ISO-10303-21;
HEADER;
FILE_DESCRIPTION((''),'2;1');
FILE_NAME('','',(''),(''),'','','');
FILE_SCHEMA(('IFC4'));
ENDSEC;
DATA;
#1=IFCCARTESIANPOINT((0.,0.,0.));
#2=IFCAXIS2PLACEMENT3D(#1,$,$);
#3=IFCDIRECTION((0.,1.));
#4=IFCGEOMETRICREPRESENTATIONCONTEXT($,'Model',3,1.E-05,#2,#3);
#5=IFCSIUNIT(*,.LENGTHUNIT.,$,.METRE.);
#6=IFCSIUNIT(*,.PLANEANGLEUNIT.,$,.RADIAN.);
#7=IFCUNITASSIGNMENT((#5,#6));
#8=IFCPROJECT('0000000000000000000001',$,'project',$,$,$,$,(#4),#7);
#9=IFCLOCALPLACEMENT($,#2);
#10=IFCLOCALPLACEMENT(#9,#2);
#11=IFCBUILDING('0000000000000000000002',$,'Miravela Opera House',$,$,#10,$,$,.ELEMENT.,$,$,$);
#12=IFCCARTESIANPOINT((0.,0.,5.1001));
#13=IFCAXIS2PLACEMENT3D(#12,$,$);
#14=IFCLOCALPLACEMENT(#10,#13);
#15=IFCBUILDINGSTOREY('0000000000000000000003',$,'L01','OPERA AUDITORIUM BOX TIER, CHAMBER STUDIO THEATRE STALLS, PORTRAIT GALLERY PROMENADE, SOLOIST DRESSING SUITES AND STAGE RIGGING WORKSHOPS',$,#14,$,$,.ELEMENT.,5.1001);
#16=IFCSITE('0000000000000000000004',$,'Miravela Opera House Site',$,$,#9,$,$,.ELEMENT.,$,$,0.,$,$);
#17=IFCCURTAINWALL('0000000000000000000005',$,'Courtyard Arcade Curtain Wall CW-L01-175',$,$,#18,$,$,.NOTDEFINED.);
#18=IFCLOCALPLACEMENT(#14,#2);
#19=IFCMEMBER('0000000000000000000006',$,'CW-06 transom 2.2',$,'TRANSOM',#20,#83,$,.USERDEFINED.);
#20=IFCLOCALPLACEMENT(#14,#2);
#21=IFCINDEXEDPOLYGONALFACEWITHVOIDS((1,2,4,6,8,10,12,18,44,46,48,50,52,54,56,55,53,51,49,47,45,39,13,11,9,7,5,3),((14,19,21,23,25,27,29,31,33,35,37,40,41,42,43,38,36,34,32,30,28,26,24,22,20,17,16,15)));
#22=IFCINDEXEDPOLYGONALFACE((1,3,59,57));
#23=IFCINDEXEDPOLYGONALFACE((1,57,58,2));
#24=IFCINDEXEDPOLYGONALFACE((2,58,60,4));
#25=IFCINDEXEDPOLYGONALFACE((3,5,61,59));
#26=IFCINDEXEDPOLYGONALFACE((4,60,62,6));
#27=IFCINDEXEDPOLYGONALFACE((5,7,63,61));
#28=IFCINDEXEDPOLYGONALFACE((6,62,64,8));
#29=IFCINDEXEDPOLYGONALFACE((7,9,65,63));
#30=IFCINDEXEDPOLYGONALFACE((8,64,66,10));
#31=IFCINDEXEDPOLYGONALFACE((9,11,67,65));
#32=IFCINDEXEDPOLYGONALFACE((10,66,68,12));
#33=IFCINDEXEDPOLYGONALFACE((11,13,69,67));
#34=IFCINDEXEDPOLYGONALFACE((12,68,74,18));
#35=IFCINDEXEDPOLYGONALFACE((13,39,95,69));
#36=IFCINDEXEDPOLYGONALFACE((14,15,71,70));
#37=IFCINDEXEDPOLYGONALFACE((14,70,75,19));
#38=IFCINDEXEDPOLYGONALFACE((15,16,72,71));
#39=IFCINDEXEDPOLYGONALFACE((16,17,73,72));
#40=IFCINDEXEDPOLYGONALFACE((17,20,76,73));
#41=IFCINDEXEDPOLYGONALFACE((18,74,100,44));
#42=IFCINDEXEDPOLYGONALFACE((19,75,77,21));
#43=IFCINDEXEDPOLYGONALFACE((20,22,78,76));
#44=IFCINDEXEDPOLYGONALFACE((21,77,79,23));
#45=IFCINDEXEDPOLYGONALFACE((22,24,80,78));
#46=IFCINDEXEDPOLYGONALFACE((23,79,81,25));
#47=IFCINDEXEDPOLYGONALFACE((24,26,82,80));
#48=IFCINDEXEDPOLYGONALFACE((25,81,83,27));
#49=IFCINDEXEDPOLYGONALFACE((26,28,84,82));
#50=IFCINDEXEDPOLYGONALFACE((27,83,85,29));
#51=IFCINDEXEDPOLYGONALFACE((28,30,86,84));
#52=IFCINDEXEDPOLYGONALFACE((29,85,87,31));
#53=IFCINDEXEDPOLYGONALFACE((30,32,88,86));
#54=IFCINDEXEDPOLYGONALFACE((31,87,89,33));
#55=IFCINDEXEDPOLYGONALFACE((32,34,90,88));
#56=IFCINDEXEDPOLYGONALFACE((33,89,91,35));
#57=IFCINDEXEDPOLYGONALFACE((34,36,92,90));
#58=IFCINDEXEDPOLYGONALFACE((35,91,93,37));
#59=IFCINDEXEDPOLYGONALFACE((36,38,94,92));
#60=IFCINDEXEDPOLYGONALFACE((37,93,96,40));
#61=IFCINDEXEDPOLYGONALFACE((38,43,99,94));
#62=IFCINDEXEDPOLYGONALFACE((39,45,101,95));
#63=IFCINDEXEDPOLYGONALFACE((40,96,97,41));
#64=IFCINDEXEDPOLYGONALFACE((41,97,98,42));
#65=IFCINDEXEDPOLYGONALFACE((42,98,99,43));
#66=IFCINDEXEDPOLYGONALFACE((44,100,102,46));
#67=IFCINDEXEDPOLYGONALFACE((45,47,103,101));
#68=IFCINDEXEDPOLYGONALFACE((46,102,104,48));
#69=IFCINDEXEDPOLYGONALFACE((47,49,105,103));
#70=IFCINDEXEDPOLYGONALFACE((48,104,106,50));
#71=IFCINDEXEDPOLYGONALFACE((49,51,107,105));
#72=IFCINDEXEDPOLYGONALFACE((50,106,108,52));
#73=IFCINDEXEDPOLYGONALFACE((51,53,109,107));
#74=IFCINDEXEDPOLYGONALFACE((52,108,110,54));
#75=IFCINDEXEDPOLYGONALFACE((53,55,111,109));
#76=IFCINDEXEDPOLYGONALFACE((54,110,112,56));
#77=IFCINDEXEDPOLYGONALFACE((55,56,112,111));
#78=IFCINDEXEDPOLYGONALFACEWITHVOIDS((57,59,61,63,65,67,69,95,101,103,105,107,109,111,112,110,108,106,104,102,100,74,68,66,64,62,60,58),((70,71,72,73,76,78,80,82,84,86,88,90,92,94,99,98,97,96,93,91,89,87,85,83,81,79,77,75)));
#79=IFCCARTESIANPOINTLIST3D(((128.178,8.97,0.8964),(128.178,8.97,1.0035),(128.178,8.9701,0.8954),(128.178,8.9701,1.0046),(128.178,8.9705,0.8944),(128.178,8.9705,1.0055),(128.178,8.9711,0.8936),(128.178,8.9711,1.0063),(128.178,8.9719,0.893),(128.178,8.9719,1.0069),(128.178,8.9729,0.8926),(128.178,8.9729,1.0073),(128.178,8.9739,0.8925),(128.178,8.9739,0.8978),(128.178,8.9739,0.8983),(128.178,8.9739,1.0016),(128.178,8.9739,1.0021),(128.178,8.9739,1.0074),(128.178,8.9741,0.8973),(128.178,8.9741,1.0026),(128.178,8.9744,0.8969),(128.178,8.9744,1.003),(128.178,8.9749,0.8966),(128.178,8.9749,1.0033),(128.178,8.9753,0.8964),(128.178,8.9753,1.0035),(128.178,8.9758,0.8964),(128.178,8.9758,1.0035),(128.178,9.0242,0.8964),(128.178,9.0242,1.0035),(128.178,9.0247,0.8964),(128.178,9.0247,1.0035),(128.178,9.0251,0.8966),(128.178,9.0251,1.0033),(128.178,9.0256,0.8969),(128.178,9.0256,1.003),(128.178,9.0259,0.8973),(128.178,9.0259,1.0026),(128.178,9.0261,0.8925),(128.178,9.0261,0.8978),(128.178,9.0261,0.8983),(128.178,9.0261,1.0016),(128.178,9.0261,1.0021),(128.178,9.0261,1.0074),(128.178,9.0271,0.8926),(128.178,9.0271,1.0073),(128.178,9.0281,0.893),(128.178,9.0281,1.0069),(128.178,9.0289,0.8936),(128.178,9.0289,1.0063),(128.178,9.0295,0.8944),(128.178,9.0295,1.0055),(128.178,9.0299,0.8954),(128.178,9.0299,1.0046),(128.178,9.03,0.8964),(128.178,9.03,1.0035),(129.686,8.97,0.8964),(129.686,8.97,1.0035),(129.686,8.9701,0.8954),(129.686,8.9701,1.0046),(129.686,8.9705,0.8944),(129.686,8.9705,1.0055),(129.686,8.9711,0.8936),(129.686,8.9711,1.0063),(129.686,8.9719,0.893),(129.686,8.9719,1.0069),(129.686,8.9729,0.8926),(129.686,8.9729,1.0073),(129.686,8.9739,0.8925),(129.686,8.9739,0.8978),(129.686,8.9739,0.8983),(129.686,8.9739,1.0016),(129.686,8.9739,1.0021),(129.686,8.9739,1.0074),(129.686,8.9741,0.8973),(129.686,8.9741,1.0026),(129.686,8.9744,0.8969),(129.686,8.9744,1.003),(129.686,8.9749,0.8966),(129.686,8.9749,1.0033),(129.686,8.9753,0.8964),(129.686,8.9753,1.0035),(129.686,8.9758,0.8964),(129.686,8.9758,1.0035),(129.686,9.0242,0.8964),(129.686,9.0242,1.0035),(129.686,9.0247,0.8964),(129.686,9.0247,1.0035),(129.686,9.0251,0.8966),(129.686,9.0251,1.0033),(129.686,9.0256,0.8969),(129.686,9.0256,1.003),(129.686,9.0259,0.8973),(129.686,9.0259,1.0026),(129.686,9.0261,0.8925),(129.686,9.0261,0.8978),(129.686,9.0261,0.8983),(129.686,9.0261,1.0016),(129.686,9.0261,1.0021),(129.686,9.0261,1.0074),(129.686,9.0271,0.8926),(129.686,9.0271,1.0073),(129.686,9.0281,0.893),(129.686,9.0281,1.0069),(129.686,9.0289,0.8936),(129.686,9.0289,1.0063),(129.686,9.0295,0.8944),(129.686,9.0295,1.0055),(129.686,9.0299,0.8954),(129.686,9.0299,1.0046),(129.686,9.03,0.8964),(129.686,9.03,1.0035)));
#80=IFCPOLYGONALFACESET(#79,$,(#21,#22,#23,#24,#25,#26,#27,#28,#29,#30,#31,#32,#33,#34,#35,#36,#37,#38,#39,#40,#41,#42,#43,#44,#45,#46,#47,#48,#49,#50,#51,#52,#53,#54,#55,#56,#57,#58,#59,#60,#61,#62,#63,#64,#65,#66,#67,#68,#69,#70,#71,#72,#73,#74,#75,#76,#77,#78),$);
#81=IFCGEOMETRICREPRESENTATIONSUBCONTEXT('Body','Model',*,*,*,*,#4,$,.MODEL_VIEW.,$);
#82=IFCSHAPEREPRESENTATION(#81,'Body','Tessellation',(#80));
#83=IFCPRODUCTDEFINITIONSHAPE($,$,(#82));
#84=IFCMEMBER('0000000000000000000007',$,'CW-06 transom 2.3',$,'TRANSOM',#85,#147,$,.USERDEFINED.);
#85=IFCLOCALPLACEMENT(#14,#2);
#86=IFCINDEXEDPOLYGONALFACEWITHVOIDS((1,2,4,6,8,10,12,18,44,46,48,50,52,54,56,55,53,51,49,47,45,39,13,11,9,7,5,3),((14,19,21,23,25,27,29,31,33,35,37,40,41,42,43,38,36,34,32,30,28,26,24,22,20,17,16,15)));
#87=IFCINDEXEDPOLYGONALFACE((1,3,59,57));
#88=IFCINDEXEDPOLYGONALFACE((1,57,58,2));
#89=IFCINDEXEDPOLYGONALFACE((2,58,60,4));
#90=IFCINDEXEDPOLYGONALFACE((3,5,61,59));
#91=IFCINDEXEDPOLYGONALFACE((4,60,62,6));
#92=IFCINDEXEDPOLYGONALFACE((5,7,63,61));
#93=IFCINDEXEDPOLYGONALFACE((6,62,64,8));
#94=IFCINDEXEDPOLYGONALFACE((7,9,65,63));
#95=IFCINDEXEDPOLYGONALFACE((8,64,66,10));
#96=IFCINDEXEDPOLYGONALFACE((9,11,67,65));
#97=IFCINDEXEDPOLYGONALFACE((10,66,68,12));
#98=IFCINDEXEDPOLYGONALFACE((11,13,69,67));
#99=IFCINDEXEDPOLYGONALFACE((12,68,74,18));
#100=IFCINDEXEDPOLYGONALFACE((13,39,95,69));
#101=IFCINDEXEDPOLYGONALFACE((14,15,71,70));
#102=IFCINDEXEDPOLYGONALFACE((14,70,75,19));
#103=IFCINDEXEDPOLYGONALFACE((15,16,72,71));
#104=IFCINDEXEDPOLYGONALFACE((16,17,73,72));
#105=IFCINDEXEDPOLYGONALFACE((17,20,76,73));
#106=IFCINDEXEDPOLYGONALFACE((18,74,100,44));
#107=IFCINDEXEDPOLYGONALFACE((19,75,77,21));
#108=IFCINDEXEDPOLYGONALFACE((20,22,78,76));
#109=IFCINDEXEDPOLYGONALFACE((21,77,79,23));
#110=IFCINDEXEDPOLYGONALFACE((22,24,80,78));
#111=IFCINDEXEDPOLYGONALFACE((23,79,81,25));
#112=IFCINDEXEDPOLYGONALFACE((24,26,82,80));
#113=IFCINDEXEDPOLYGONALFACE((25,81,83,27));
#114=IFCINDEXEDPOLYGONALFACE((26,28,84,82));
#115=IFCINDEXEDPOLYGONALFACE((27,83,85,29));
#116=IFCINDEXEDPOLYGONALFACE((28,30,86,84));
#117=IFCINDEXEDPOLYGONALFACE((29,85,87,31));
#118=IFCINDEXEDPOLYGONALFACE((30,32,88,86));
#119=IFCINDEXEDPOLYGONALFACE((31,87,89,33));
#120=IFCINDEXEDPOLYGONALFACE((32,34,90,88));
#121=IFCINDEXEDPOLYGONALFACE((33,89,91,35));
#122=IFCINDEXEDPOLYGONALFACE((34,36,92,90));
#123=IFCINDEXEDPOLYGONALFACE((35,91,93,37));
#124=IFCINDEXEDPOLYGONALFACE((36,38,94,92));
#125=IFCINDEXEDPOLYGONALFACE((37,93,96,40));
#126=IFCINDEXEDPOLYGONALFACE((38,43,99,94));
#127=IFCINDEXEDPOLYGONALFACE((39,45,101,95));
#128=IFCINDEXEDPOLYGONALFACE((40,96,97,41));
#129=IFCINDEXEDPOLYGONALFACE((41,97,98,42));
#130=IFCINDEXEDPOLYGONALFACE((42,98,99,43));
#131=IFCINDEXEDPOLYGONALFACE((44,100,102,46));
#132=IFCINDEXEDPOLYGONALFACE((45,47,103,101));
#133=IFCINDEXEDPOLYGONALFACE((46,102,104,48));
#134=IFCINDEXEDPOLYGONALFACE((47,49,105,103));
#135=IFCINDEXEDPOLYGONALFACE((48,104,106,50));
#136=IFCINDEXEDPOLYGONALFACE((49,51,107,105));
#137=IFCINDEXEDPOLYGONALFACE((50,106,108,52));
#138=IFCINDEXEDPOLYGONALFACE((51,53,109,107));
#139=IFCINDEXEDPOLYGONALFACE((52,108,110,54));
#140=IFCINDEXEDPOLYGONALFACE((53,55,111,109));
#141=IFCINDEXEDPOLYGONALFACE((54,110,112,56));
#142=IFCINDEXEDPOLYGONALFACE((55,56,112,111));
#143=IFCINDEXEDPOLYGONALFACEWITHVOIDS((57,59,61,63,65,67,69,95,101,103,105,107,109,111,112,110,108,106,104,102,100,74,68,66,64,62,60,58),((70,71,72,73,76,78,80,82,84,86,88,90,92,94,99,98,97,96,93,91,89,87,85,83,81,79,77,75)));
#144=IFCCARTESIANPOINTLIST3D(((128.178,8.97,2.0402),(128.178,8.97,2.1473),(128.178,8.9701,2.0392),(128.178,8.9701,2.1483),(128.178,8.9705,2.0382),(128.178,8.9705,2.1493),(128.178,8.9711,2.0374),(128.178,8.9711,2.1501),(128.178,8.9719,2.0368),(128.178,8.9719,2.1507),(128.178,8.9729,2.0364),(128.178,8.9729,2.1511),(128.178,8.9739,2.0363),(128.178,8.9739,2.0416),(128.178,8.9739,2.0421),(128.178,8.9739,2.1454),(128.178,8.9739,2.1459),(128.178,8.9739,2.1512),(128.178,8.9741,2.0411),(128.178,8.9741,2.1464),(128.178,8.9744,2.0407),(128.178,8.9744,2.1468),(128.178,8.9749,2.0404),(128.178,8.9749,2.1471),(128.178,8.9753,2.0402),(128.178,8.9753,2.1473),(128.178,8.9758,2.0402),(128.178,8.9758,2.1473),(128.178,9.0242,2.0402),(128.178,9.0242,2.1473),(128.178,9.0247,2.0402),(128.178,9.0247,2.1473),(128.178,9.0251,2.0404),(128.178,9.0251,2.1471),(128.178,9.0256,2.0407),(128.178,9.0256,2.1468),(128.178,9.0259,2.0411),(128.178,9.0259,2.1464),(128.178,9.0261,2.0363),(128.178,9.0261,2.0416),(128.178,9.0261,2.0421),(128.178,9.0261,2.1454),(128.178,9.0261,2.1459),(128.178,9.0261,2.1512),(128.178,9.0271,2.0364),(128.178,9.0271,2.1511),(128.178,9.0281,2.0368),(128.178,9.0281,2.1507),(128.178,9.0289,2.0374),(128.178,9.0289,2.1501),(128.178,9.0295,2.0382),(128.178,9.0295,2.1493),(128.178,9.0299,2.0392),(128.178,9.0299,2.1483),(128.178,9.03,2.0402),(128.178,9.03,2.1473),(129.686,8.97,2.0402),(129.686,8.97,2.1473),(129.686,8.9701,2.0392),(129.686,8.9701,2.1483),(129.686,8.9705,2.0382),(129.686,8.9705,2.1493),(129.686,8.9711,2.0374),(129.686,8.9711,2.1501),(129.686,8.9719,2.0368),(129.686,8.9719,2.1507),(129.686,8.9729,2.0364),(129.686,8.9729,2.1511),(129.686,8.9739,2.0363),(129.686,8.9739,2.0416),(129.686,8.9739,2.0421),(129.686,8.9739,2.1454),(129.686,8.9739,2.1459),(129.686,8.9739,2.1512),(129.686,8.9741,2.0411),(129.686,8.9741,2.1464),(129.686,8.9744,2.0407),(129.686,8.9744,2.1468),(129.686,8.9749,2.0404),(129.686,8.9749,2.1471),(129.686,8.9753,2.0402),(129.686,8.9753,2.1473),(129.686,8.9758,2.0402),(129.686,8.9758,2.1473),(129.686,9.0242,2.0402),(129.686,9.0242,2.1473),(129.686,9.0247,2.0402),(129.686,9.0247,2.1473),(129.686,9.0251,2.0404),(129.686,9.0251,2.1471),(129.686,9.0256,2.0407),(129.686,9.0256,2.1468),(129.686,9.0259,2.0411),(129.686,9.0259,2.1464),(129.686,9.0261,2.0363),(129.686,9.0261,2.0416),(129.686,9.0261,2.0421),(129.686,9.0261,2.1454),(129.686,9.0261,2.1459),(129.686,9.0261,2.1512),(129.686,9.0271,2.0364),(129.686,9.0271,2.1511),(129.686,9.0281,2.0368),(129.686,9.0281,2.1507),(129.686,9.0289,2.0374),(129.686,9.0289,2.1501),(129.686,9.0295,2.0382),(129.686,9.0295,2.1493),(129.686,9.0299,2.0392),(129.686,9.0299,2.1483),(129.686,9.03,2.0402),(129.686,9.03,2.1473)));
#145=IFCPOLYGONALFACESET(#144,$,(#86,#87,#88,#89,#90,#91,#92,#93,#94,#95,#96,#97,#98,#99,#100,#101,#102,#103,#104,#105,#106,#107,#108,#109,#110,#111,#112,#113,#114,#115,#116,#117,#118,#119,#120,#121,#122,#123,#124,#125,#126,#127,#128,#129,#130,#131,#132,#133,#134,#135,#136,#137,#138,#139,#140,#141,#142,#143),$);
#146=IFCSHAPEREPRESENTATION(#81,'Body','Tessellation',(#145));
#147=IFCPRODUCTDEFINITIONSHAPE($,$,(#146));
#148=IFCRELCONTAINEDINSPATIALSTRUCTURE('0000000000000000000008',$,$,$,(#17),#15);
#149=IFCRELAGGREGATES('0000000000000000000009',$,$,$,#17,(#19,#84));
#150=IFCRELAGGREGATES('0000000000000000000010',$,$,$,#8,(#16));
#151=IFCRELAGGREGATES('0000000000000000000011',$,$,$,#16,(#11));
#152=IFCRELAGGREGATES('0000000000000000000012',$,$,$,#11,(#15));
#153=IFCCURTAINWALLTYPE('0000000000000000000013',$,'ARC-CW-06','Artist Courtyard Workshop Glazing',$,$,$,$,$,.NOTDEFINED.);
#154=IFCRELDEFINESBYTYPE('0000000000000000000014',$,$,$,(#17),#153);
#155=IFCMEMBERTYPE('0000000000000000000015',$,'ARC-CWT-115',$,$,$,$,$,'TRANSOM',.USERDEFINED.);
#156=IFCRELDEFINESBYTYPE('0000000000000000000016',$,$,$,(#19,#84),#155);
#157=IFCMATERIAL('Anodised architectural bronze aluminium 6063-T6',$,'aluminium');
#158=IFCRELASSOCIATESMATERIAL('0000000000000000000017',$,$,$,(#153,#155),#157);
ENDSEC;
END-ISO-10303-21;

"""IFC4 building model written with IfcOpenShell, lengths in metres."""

from ifc_helpers import new_model, si_unit, direction, frame, origin, origin_2d, place, context, subcontext, project, spatial, hollow_rectangle, extrude, material, material_profile, profile_set, type_object, element, aggregate, save


model = new_model("IFC4")

# Units and contexts
model_context = context("Model", 3, precision=1e-05, world=origin(), true_north=direction((0.0, 1.0)))
body_context = subcontext(model_context, "Body", "Model", "MODEL_VIEW")
ifc_project = project(units=[si_unit("LENGTHUNIT", "METRE"), si_unit("PLANEANGLEUNIT", "RADIAN")], contexts=[model_context])

# Site, building, storey
site_placement = place(None, origin())
site = spatial("IfcSite", under=ifc_project, at=site_placement, Name="Miravela Opera House Site", CompositionType="ELEMENT", RefElevation=0.0)
building_placement = place(site_placement, origin())
building = spatial("IfcBuilding", under=site, at=building_placement, Name="Miravela Opera House", CompositionType="ELEMENT")
storey_placement = place(building_placement, frame((0.0, 0.0, 5.1001)))
storey = spatial("IfcBuildingStorey", under=building, at=storey_placement, Name="L01", Description="OPERA AUDITORIUM BOX TIER, CHAMBER STUDIO THEATRE STALLS, PORTRAIT GALLERY PROMENADE, SOLOIST DRESSING SUITES AND STAGE RIGGING WORKSHOPS", CompositionType="ELEMENT", Elevation=5.1001)

# Shared definitions
ifc_material_1 = material(Name="Anodised architectural bronze aluminium 6063-T6", Category="aluminium")
curtain_wall_type = type_object("IfcCurtainWallType", Name="ARC-CW-06", Description="Artist Courtyard Workshop Glazing", PredefinedType="NOTDEFINED", material=ifc_material_1)

# Curtain wall
curtain_wall_1_placement = place(storey_placement, origin())
curtain_wall_1 = element("IfcCurtainWall", 1, at=curtain_wall_1_placement, inside=storey, type_object=curtain_wall_type, Name="Courtyard Arcade Curtain Wall CW-L01-175", PredefinedType="NOTDEFINED")

# Members
ifc_material_profile_1 = material_profile(ifc_material_1, hollow_rectangle(XDim=0.0601, YDim=0.115, WallThickness=0.0039, InnerFilletRadius=0.002, OuterFilletRadius=0.0039, at=origin_2d()), Name="CWT-60X115")
ifc_profile_set_1 = profile_set([ifc_material_profile_1])
member_type_1 = type_object("IfcMemberType", Name="ARC-CWT-115", ElementType="TRANSOM", PredefinedType="USERDEFINED", material=ifc_profile_set_1)
member_1_placement = place(storey_placement, frame((128.178, 9.0, 0.95), z_axis=(1.0, 0.0, 0.0), x_axis=(0.0, 1.0, 0.0)))
member_1 = element("IfcMember", 2, at=member_1_placement, type_object=member_type_1, Name="CW-06 transom 2.2", ObjectType="TRANSOM", PredefinedType="USERDEFINED", context=body_context, shape_type="SweptSolid", body=[
    extrude(hollow_rectangle(XDim=0.0601, YDim=0.115, WallThickness=0.0039, InnerFilletRadius=0.002, OuterFilletRadius=0.0039, at=origin_2d()), origin(), (0.0, 0.0, 1.0), 1.5081),
])
member_2_placement = place(storey_placement, frame((128.178, 9.0, 2.0938), z_axis=(1.0, 0.0, 0.0), x_axis=(0.0, 1.0, 0.0)))
member_2 = element("IfcMember", 3, at=member_2_placement, type_object=member_type_1, Name="CW-06 transom 2.3", ObjectType="TRANSOM", PredefinedType="USERDEFINED", context=body_context, shape_type="SweptSolid", body=[
    extrude(hollow_rectangle(XDim=0.0601, YDim=0.115, WallThickness=0.0039, InnerFilletRadius=0.002, OuterFilletRadius=0.0039, at=origin_2d()), origin(), (0.0, 0.0, 1.0), 1.5081),
])

aggregate(curtain_wall_1, [member_1, member_2])

save(model, "model.ifc")
